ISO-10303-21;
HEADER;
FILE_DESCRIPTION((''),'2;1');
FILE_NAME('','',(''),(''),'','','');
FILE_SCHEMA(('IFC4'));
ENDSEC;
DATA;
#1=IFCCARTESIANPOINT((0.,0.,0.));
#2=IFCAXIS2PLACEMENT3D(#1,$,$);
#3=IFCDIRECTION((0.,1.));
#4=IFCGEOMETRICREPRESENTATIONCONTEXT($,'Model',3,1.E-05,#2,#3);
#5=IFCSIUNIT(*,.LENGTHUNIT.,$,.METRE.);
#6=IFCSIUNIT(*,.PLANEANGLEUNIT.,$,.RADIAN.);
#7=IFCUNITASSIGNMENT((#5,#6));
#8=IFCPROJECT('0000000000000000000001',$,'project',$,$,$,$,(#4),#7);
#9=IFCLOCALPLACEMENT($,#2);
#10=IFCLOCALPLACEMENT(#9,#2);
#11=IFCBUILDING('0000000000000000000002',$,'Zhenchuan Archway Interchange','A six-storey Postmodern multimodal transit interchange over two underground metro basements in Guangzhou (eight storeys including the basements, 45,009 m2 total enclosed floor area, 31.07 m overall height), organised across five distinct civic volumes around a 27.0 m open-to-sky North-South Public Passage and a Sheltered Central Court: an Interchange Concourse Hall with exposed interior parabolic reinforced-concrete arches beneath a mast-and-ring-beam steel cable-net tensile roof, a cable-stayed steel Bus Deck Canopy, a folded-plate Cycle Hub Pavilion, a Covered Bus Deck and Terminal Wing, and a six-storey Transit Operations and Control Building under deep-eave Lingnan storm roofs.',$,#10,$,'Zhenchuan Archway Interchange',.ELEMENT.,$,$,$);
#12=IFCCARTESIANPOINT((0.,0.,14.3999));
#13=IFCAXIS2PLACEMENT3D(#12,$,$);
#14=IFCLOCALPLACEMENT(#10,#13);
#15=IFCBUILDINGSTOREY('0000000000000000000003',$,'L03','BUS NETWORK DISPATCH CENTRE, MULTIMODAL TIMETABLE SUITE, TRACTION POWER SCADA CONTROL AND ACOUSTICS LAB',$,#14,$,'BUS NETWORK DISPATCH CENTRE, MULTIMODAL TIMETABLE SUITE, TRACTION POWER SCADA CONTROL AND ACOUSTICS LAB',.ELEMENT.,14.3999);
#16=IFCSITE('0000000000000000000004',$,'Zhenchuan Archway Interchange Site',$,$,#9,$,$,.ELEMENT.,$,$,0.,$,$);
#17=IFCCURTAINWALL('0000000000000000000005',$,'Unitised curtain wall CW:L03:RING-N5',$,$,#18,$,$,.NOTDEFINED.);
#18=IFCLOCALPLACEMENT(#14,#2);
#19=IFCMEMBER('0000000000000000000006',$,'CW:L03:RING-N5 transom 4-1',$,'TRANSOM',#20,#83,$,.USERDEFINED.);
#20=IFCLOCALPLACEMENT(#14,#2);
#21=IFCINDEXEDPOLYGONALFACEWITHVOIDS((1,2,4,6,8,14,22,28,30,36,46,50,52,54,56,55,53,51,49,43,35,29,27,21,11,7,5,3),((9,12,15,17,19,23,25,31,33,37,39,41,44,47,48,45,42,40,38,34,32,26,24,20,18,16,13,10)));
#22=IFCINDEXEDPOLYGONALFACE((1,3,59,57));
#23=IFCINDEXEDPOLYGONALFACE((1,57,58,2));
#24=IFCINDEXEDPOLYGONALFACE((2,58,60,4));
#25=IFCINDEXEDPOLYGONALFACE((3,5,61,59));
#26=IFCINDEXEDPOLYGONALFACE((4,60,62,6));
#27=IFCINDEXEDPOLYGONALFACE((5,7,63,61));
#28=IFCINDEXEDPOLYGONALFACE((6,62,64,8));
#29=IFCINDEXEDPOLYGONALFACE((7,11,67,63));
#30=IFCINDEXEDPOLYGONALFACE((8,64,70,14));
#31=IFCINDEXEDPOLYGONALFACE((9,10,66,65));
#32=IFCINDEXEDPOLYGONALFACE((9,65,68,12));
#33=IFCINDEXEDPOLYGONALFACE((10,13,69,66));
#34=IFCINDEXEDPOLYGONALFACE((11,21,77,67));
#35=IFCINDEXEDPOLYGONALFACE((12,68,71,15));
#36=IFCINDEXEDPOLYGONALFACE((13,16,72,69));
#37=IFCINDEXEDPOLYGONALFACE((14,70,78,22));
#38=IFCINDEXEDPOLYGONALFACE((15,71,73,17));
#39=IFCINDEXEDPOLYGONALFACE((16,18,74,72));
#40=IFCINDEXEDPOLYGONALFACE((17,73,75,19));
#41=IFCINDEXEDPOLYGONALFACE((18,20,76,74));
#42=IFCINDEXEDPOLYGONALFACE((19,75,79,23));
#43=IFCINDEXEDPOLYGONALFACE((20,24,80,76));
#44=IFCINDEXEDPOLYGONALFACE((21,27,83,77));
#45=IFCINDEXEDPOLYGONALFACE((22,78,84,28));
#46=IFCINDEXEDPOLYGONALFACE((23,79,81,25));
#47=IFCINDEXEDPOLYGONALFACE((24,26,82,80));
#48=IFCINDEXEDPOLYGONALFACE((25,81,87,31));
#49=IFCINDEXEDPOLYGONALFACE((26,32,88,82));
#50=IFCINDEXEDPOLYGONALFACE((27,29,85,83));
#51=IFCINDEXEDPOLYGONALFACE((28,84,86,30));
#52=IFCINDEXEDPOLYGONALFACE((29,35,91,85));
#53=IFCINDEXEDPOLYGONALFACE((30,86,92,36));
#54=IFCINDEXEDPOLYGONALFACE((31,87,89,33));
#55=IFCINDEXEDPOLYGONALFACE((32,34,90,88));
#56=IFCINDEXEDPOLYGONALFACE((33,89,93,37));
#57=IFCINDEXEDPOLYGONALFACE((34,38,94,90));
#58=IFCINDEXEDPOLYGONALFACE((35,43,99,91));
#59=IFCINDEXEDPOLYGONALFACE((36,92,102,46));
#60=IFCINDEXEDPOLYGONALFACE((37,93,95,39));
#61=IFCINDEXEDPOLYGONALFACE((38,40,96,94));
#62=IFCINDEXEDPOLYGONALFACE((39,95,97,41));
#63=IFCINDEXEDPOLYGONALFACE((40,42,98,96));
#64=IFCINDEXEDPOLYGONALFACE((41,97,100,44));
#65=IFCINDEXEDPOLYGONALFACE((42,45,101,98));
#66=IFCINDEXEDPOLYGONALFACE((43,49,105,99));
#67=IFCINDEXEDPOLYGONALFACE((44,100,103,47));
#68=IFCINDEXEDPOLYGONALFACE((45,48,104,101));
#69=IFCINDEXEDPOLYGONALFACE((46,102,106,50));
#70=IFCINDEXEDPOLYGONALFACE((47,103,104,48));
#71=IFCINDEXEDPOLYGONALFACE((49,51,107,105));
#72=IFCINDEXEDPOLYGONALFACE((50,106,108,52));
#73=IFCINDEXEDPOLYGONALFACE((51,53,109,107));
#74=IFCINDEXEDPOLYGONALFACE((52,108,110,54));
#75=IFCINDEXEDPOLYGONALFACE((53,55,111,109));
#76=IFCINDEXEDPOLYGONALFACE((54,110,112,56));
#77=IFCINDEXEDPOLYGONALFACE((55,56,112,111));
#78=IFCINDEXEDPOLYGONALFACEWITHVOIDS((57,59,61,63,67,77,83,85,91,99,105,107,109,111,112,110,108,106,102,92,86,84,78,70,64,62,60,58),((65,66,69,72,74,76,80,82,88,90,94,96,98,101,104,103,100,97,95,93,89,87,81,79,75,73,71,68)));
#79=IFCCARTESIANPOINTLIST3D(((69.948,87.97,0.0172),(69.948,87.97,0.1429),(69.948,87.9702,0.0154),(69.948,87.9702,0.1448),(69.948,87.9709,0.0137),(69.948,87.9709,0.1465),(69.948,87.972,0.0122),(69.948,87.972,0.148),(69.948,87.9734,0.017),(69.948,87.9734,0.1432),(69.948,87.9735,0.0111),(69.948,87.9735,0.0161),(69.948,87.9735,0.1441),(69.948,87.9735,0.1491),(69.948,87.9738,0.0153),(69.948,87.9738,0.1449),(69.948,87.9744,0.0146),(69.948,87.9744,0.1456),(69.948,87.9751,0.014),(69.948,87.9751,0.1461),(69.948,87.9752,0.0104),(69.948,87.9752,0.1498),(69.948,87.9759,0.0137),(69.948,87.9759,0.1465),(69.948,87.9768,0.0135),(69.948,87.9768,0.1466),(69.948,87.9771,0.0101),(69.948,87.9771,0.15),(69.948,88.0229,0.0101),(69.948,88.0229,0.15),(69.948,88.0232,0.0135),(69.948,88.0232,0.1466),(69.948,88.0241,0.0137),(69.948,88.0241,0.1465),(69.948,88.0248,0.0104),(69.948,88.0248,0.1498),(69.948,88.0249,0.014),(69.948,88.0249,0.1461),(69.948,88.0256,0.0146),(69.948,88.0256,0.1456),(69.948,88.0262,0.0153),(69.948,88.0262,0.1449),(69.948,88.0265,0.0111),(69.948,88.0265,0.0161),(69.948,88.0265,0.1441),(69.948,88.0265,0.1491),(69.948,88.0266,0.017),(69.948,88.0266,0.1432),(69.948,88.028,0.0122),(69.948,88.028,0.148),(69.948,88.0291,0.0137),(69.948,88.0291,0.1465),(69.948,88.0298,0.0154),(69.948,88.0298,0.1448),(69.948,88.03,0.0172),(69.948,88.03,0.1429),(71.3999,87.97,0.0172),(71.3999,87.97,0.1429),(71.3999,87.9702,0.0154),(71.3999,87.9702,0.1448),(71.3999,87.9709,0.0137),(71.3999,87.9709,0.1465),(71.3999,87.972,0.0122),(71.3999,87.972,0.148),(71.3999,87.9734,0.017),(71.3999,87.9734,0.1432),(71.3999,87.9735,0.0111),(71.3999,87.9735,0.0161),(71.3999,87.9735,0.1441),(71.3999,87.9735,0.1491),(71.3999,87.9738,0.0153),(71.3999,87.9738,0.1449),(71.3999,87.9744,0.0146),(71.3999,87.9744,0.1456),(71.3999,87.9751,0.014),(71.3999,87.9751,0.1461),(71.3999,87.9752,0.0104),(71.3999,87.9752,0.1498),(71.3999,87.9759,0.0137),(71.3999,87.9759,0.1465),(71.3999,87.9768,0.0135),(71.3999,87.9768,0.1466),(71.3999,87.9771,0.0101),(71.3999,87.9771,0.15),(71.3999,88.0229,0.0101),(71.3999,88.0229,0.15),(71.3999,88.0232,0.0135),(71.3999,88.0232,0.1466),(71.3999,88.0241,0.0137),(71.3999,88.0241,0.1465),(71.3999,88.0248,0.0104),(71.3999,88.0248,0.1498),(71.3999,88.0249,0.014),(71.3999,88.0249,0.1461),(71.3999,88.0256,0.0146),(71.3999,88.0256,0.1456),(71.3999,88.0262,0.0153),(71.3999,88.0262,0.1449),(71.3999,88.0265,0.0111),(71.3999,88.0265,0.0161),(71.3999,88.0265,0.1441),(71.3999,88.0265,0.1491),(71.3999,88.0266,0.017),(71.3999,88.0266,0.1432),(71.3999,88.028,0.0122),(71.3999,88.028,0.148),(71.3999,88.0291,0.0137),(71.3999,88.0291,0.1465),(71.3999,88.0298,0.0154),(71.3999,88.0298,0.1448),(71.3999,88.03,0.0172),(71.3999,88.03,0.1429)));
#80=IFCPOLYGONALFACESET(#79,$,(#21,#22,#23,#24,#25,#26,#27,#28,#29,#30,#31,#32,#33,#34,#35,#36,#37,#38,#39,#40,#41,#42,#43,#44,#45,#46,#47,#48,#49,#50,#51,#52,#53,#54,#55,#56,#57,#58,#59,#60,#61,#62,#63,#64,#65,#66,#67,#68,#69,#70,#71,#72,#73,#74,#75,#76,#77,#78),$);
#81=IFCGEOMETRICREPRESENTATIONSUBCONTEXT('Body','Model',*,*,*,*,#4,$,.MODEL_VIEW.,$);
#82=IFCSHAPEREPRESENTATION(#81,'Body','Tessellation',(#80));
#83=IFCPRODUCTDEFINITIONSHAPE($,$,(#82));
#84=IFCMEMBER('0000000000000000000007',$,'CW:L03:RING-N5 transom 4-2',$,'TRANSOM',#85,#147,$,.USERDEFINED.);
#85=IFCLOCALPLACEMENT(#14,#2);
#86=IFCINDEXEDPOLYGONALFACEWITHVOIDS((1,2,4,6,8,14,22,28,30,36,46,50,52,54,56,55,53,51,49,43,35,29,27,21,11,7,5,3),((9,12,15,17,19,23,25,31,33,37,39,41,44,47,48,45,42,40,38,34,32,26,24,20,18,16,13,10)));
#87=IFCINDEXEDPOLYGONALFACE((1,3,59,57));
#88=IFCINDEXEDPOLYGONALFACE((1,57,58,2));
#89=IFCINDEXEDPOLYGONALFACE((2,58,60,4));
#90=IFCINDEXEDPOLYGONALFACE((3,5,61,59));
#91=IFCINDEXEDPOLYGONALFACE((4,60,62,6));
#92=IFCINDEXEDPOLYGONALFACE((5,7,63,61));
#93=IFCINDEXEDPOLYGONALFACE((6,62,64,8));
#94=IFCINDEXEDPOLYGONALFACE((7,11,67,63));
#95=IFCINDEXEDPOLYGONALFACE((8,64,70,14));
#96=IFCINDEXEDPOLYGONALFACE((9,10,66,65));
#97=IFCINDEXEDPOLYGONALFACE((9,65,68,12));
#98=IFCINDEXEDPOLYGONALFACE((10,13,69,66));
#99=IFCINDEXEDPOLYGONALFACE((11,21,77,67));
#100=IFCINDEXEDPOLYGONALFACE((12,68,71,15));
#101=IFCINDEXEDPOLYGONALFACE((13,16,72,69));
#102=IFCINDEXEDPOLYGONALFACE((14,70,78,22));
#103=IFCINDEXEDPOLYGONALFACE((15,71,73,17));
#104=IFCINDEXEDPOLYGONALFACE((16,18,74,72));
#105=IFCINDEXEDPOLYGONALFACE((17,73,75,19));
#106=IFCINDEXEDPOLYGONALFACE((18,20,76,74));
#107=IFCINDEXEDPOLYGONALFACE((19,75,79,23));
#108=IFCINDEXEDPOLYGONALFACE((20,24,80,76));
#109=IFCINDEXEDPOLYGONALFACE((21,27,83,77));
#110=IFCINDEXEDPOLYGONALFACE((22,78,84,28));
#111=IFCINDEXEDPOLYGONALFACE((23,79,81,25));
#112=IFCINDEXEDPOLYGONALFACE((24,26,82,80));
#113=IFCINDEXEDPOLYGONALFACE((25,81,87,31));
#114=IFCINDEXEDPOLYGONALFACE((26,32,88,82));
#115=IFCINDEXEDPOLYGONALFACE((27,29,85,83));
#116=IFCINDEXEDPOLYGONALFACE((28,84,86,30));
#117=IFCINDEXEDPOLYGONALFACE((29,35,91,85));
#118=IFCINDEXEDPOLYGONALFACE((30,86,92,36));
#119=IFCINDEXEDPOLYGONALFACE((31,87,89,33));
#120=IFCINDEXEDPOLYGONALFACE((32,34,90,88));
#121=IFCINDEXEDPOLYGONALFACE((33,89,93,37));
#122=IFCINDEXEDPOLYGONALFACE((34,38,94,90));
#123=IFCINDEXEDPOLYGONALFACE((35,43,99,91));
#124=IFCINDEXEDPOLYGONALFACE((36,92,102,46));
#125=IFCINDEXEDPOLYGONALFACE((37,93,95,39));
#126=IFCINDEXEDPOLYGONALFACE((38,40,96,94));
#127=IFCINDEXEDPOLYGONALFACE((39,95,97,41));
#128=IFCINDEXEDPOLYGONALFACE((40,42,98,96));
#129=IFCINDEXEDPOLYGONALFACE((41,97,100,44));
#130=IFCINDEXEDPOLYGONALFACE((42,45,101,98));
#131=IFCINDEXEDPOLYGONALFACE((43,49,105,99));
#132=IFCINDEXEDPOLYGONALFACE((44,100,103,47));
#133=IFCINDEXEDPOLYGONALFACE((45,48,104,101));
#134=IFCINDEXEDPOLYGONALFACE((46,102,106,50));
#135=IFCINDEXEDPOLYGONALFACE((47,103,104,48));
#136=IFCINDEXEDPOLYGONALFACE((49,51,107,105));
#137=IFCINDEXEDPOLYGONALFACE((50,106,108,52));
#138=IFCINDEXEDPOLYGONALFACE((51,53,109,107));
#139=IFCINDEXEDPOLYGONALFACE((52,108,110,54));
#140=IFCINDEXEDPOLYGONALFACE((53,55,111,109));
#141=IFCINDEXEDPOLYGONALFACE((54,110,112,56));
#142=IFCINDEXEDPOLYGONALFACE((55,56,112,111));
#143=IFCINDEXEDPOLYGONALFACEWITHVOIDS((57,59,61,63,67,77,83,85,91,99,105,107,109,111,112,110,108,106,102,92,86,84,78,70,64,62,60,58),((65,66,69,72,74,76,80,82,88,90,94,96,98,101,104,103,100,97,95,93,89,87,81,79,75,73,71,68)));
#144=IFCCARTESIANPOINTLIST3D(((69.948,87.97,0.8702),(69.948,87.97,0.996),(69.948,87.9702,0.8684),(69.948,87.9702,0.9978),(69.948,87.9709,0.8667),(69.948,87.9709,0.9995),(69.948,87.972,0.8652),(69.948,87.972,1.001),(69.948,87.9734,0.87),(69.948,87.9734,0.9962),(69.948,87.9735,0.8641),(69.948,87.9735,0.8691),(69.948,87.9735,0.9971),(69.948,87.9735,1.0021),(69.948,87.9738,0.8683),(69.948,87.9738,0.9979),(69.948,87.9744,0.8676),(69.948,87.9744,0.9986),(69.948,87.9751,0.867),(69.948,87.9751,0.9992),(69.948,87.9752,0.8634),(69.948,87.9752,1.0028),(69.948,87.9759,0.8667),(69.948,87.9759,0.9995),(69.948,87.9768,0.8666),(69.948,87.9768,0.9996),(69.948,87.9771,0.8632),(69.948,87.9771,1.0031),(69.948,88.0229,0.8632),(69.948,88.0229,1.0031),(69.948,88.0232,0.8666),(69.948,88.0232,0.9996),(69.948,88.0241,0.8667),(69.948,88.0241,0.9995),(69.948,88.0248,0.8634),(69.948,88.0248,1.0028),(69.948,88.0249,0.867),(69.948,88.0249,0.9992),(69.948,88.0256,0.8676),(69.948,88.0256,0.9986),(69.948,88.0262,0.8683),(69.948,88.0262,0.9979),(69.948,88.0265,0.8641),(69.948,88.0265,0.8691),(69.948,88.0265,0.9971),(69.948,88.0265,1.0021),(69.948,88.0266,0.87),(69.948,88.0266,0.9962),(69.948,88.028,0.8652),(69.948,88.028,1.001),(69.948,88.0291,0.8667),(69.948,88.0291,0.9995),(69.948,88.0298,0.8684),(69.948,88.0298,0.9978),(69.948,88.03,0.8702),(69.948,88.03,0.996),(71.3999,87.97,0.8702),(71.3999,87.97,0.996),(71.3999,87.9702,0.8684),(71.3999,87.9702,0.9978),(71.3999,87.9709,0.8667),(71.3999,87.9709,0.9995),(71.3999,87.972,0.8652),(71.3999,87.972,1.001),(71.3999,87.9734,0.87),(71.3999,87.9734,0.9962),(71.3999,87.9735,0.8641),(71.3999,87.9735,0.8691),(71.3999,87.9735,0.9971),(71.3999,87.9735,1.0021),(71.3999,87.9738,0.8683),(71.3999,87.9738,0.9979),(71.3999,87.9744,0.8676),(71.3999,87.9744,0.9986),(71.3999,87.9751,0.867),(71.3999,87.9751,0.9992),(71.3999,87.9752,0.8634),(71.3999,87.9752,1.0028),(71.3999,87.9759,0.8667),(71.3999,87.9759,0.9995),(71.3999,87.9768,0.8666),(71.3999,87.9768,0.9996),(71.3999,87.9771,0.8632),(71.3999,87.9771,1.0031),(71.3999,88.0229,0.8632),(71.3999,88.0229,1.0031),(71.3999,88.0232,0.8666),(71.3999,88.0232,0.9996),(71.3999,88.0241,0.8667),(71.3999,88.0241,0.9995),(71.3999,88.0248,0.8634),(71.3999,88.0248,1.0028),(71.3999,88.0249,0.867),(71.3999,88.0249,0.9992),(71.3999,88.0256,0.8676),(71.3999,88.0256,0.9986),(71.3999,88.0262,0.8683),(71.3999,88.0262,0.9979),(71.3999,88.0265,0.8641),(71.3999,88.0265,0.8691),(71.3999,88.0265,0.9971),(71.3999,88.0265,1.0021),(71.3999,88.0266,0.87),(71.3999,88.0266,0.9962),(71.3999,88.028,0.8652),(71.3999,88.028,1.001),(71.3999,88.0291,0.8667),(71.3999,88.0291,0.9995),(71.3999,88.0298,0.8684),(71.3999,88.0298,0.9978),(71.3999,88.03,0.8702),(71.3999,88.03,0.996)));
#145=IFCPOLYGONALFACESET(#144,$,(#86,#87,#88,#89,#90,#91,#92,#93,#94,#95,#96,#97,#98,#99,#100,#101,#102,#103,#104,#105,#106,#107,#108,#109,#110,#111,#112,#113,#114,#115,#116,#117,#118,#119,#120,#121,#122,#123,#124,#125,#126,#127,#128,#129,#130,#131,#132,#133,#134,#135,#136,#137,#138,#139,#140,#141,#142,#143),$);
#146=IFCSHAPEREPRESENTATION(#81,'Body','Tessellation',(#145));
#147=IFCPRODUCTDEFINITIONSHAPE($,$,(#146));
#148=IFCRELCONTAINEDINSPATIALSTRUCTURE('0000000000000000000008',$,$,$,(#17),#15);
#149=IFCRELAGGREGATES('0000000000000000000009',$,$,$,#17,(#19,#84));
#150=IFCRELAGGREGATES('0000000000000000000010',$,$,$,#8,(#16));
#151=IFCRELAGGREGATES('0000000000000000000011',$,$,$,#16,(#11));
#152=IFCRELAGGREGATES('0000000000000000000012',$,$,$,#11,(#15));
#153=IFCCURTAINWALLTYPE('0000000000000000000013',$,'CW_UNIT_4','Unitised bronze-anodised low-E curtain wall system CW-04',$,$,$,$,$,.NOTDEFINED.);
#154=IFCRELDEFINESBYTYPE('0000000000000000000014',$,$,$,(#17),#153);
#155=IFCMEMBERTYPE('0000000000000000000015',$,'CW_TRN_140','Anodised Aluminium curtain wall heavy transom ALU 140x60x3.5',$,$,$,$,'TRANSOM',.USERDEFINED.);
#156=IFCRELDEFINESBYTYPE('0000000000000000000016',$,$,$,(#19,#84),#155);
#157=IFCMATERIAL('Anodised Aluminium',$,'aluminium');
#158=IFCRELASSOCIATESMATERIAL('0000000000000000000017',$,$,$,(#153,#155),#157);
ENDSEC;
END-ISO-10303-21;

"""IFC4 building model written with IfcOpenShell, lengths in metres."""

from ifc_helpers import new_model, si_unit, direction, frame, origin, origin_2d, place, context, subcontext, project, spatial, hollow_rectangle, extrude, material, material_profile, profile_set, type_object, element, aggregate, save


model = new_model("IFC4")

# Units and contexts
model_context = context("Model", 3, precision=1e-05, world=origin(), true_north=direction((0.0, 1.0)))
body_context = subcontext(model_context, "Body", "Model", "MODEL_VIEW")
ifc_project = project(units=[si_unit("LENGTHUNIT", "METRE"), si_unit("PLANEANGLEUNIT", "RADIAN")], contexts=[model_context])

# Site, building, storey
site_placement = place(None, origin())
site = spatial("IfcSite", under=ifc_project, at=site_placement, Name="Zhenchuan Archway Interchange Site", CompositionType="ELEMENT", RefElevation=0.0)
building_placement = place(site_placement, origin())
building = spatial("IfcBuilding", under=site, at=building_placement, Name="Zhenchuan Archway Interchange", Description="A six-storey Postmodern multimodal transit interchange over two underground metro basements in Guangzhou (eight storeys including the basements, 45,009 m2 total enclosed floor area, 31.07 m overall height), organised across five distinct civic volumes around a 27.0 m open-to-sky North-South Public Passage and a Sheltered Central Court: an Interchange Concourse Hall with exposed interior parabolic reinforced-concrete arches beneath a mast-and-ring-beam steel cable-net tensile roof, a cable-stayed steel Bus Deck Canopy, a folded-plate Cycle Hub Pavilion, a Covered Bus Deck and Terminal Wing, and a six-storey Transit Operations and Control Building under deep-eave Lingnan storm roofs.", LongName="Zhenchuan Archway Interchange", CompositionType="ELEMENT")
storey_placement = place(building_placement, frame((0.0, 0.0, 14.3999)))
storey = spatial("IfcBuildingStorey", under=building, at=storey_placement, Name="L03", Description="BUS NETWORK DISPATCH CENTRE, MULTIMODAL TIMETABLE SUITE, TRACTION POWER SCADA CONTROL AND ACOUSTICS LAB", LongName="BUS NETWORK DISPATCH CENTRE, MULTIMODAL TIMETABLE SUITE, TRACTION POWER SCADA CONTROL AND ACOUSTICS LAB", CompositionType="ELEMENT", Elevation=14.3999)

# Curtain wall
ifc_material_1 = material(Name="Anodised Aluminium", Category="aluminium")
curtain_wall_type_1 = type_object("IfcCurtainWallType", Name="CW_UNIT_4", Description="Unitised bronze-anodised low-E curtain wall system CW-04", PredefinedType="NOTDEFINED", material=ifc_material_1)
curtain_wall_1_placement = place(storey_placement, origin())
curtain_wall_1 = element("IfcCurtainWall", 1, at=curtain_wall_1_placement, inside=storey, type_object=curtain_wall_type_1, Name="Unitised curtain wall CW:L03:RING-N5", PredefinedType="NOTDEFINED")

# Members
ifc_material_profile_1 = material_profile(ifc_material_1, hollow_rectangle(XDim=0.0601, YDim=0.1399, WallThickness=0.0034, InnerFilletRadius=0.0034, OuterFilletRadius=0.0071, at=origin_2d()), Name="ALU 140x60x3.5")
ifc_profile_set_1 = profile_set([ifc_material_profile_1], Name="Anodised Aluminium")
member_type_1 = type_object("IfcMemberType", Name="CW_TRN_140", Description="Anodised Aluminium curtain wall heavy transom ALU 140x60x3.5", ElementType="TRANSOM", PredefinedType="USERDEFINED", material=ifc_profile_set_1)
member_1_placement = place(storey_placement, frame((69.948, 88.0, 0.0801), z_axis=(1.0, 0.0, 0.0), x_axis=(0.0, 1.0, 0.0)))
member_1 = element("IfcMember", 2, at=member_1_placement, type_object=member_type_1, Name="CW:L03:RING-N5 transom 4-1", ObjectType="TRANSOM", PredefinedType="USERDEFINED", context=body_context, shape_type="SweptSolid", body=[
    extrude(hollow_rectangle(XDim=0.0601, YDim=0.1399, WallThickness=0.0034, InnerFilletRadius=0.0034, OuterFilletRadius=0.0071, at=origin_2d()), origin(), (0.0, 0.0, 1.0), 1.4519),
])
member_2_placement = place(storey_placement, frame((69.948, 88.0, 0.9331), z_axis=(1.0, 0.0, 0.0), x_axis=(0.0, 1.0, 0.0)))
member_2 = element("IfcMember", 3, at=member_2_placement, type_object=member_type_1, Name="CW:L03:RING-N5 transom 4-2", ObjectType="TRANSOM", PredefinedType="USERDEFINED", context=body_context, shape_type="SweptSolid", body=[
    extrude(hollow_rectangle(XDim=0.0601, YDim=0.1399, WallThickness=0.0034, InnerFilletRadius=0.0034, OuterFilletRadius=0.0071, at=origin_2d()), origin(), (0.0, 0.0, 1.0), 1.4519),
])

aggregate(curtain_wall_1, [member_1, member_2])

save(model, "model.ifc")
